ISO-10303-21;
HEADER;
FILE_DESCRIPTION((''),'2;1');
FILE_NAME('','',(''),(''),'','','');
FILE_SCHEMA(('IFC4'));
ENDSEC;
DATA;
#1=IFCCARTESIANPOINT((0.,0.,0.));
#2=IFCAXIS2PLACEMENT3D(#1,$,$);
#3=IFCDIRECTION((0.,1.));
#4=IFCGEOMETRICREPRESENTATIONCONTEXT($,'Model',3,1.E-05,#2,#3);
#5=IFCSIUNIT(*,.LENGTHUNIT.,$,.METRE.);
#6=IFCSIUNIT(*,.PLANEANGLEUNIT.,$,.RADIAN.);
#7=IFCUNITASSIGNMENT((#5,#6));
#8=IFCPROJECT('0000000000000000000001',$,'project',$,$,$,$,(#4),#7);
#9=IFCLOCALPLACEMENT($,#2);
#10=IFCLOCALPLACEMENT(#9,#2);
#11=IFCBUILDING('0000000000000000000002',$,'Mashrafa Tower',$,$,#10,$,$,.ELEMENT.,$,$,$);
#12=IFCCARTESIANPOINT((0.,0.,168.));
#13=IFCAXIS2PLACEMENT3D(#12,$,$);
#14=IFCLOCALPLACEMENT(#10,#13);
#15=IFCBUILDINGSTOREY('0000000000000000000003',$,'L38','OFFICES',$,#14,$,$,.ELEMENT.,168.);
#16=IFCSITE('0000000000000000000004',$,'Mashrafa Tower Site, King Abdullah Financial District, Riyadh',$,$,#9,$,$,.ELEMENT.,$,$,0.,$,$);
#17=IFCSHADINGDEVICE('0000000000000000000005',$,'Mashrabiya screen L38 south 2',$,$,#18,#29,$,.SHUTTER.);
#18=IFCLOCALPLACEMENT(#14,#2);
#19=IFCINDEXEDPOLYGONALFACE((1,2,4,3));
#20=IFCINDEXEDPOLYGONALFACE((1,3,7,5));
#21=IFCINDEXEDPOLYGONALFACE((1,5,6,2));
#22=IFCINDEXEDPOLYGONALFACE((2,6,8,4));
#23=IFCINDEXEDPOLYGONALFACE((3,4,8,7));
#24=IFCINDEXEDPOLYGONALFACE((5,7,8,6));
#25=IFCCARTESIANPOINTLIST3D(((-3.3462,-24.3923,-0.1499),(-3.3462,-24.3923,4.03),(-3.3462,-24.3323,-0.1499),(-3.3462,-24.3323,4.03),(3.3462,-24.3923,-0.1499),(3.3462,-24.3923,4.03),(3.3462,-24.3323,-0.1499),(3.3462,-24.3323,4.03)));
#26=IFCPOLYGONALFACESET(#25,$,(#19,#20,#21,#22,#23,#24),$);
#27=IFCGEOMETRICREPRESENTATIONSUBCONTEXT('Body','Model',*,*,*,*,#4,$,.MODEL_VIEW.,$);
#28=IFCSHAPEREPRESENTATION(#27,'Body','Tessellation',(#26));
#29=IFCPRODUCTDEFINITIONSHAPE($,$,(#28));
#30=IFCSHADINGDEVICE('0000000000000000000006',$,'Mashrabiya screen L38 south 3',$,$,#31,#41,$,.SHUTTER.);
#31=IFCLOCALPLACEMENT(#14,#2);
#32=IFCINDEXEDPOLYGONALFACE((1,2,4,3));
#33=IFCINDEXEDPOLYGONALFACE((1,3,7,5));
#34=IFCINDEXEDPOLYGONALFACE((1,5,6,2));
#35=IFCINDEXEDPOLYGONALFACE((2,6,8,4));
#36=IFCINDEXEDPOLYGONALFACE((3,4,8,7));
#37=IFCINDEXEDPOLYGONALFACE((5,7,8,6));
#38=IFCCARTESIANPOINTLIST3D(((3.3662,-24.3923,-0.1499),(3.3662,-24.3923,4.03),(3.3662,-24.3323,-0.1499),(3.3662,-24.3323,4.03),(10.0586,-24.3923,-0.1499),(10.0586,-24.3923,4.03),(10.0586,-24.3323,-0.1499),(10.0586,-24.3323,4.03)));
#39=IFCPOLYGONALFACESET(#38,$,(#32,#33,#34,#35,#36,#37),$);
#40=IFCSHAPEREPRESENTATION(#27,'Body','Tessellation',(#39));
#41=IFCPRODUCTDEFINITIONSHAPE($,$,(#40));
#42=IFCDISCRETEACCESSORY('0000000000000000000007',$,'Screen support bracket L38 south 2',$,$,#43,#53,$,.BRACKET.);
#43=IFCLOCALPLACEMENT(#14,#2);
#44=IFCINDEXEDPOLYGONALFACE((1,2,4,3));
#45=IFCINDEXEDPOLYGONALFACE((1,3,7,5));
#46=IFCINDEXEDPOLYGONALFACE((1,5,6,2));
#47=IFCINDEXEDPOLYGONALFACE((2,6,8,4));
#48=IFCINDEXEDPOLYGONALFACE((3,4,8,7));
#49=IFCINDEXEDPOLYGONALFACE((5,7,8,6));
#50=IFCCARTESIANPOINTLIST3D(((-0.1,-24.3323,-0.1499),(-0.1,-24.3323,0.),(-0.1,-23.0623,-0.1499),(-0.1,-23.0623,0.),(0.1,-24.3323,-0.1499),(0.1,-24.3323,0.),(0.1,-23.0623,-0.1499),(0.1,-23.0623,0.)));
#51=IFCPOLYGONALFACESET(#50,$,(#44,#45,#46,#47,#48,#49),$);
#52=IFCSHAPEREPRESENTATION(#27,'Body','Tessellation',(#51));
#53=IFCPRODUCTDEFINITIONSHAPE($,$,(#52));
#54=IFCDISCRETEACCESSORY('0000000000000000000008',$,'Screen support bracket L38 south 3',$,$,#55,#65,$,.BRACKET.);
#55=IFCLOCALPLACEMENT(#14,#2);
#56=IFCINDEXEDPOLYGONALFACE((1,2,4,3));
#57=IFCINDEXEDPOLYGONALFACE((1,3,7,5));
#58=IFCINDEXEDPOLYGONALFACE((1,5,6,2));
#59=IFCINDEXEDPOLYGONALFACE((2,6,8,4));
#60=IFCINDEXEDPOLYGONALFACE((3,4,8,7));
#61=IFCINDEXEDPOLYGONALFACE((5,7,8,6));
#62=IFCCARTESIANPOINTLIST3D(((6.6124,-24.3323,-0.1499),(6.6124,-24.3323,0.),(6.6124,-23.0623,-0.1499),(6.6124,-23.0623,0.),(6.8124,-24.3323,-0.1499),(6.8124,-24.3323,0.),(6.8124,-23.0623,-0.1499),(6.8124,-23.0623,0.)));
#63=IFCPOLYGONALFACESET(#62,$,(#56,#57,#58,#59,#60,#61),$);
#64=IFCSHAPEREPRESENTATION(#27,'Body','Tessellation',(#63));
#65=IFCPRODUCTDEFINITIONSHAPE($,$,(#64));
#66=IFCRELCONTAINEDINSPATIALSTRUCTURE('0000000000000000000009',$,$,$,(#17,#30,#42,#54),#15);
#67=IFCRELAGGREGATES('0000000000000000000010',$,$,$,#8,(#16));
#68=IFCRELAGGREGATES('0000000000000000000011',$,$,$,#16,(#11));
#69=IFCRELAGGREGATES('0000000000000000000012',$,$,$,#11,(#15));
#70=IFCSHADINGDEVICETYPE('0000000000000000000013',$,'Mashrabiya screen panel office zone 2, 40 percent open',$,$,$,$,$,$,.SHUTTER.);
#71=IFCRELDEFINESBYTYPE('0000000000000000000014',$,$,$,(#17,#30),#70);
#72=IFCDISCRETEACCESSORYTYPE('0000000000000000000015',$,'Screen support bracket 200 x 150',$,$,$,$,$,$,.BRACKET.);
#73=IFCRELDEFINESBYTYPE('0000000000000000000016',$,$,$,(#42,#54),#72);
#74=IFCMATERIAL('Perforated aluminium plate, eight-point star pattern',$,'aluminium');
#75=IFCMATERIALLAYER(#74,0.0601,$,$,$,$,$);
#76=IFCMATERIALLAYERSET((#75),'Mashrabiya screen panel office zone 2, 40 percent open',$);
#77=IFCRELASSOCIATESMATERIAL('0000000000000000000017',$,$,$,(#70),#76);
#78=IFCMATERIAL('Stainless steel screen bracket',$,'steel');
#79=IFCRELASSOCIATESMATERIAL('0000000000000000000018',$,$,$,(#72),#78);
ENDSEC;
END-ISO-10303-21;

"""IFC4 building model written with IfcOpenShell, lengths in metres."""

from ifc_helpers import new_model, si_unit, direction, frame, origin, origin_2d, place, context, subcontext, project, spatial, rectangle, extrude, source, transform, mapped, material, layer, layer_set, type_object, type_shapes, element, save


model = new_model("IFC4")

# Units and contexts
model_context = context("Model", 3, precision=1e-05, world=origin(), true_north=direction((0.0, 1.0)))
body_context = subcontext(model_context, "Body", "Model", "MODEL_VIEW")
ifc_project = project(units=[si_unit("LENGTHUNIT", "METRE"), si_unit("PLANEANGLEUNIT", "RADIAN")], contexts=[model_context])

# Site, building, storey
site_placement = place(None, origin())
site = spatial("IfcSite", under=ifc_project, at=site_placement, Name="Mashrafa Tower Site, King Abdullah Financial District, Riyadh", CompositionType="ELEMENT", RefElevation=0.0)
building_placement = place(site_placement, origin())
building = spatial("IfcBuilding", under=site, at=building_placement, Name="Mashrafa Tower", CompositionType="ELEMENT")
storey_placement = place(building_placement, frame((0.0, 0.0, 168.0)))
storey = spatial("IfcBuildingStorey", under=building, at=storey_placement, Name="L38", Description="OFFICES", CompositionType="ELEMENT", Elevation=168.0)

# Shading devices
ifc_material_1 = material(Name="Perforated aluminium plate, eight-point star pattern", Category="aluminium")
ifc_layer_1 = layer(ifc_material_1, 0.0601)
ifc_layer_set_1 = layer_set([ifc_layer_1], Name="Mashrabiya screen panel office zone 2, 40 percent open")
shading_device_type = type_object("IfcShadingDeviceType", Name="Mashrabiya screen panel office zone 2, 40 percent open", PredefinedType="SHUTTER", material=ifc_layer_set_1)
shared_shape_1 = source(origin(), body_context, "Body", "SweptSolid", [
    extrude(rectangle(XDim=6.6924, YDim=0.0601, at=origin_2d()), origin(), (0.0, 0.0, 1.0), 4.1799),
])
type_shapes(shading_device_type, [shared_shape_1])
for number, where, z_axis, x_axis, name in (
    (1, (0.0, -24.3623, -0.1499), (0.0, 0.0, 1.0), (1.0, 0.0, 0.0), "Mashrabiya screen L38 south 2"),
    (2, (6.7124, -24.3623, -0.1499), (0.0, 0.0, 1.0), (1.0, 0.0, 0.0), "Mashrabiya screen L38 south 3"),
):
    element("IfcShadingDevice", number, at=place(storey_placement, frame(where, z_axis=z_axis, x_axis=x_axis)), inside=storey, type_object=shading_device_type, Name=name, PredefinedType="SHUTTER", context=body_context, shape_type="MappedRepresentation", body=[
        mapped(shared_shape_1, transform((0.0, 0.0, 0.0))),
    ])

# Discrete accessories
ifc_material_2 = material(Name="Stainless steel screen bracket", Category="steel")
discrete_accessory_type = type_object("IfcDiscreteAccessoryType", Name="Screen support bracket 200 x 150", PredefinedType="BRACKET", material=ifc_material_2)
shared_shape_2 = source(origin(), body_context, "Body", "SweptSolid", [
    extrude(rectangle(XDim=0.2, YDim=1.27, at=origin_2d()), origin(), (0.0, 0.0, 1.0), 0.1499),
])
type_shapes(discrete_accessory_type, [shared_shape_2])
for number, where, z_axis, x_axis, name in (
    (3, (0.0, -23.6973, -0.1499), (0.0, 0.0, 1.0), (1.0, 0.0, 0.0), "Screen support bracket L38 south 2"),
    (4, (6.7124, -23.6973, -0.1499), (0.0, 0.0, 1.0), (1.0, 0.0, 0.0), "Screen support bracket L38 south 3"),
):
    element("IfcDiscreteAccessory", number, at=place(storey_placement, frame(where, z_axis=z_axis, x_axis=x_axis)), inside=storey, type_object=discrete_accessory_type, Name=name, PredefinedType="BRACKET", context=body_context, shape_type="MappedRepresentation", body=[
        mapped(shared_shape_2, transform((0.0, 0.0, 0.0))),
    ])

save(model, "model.ifc")
